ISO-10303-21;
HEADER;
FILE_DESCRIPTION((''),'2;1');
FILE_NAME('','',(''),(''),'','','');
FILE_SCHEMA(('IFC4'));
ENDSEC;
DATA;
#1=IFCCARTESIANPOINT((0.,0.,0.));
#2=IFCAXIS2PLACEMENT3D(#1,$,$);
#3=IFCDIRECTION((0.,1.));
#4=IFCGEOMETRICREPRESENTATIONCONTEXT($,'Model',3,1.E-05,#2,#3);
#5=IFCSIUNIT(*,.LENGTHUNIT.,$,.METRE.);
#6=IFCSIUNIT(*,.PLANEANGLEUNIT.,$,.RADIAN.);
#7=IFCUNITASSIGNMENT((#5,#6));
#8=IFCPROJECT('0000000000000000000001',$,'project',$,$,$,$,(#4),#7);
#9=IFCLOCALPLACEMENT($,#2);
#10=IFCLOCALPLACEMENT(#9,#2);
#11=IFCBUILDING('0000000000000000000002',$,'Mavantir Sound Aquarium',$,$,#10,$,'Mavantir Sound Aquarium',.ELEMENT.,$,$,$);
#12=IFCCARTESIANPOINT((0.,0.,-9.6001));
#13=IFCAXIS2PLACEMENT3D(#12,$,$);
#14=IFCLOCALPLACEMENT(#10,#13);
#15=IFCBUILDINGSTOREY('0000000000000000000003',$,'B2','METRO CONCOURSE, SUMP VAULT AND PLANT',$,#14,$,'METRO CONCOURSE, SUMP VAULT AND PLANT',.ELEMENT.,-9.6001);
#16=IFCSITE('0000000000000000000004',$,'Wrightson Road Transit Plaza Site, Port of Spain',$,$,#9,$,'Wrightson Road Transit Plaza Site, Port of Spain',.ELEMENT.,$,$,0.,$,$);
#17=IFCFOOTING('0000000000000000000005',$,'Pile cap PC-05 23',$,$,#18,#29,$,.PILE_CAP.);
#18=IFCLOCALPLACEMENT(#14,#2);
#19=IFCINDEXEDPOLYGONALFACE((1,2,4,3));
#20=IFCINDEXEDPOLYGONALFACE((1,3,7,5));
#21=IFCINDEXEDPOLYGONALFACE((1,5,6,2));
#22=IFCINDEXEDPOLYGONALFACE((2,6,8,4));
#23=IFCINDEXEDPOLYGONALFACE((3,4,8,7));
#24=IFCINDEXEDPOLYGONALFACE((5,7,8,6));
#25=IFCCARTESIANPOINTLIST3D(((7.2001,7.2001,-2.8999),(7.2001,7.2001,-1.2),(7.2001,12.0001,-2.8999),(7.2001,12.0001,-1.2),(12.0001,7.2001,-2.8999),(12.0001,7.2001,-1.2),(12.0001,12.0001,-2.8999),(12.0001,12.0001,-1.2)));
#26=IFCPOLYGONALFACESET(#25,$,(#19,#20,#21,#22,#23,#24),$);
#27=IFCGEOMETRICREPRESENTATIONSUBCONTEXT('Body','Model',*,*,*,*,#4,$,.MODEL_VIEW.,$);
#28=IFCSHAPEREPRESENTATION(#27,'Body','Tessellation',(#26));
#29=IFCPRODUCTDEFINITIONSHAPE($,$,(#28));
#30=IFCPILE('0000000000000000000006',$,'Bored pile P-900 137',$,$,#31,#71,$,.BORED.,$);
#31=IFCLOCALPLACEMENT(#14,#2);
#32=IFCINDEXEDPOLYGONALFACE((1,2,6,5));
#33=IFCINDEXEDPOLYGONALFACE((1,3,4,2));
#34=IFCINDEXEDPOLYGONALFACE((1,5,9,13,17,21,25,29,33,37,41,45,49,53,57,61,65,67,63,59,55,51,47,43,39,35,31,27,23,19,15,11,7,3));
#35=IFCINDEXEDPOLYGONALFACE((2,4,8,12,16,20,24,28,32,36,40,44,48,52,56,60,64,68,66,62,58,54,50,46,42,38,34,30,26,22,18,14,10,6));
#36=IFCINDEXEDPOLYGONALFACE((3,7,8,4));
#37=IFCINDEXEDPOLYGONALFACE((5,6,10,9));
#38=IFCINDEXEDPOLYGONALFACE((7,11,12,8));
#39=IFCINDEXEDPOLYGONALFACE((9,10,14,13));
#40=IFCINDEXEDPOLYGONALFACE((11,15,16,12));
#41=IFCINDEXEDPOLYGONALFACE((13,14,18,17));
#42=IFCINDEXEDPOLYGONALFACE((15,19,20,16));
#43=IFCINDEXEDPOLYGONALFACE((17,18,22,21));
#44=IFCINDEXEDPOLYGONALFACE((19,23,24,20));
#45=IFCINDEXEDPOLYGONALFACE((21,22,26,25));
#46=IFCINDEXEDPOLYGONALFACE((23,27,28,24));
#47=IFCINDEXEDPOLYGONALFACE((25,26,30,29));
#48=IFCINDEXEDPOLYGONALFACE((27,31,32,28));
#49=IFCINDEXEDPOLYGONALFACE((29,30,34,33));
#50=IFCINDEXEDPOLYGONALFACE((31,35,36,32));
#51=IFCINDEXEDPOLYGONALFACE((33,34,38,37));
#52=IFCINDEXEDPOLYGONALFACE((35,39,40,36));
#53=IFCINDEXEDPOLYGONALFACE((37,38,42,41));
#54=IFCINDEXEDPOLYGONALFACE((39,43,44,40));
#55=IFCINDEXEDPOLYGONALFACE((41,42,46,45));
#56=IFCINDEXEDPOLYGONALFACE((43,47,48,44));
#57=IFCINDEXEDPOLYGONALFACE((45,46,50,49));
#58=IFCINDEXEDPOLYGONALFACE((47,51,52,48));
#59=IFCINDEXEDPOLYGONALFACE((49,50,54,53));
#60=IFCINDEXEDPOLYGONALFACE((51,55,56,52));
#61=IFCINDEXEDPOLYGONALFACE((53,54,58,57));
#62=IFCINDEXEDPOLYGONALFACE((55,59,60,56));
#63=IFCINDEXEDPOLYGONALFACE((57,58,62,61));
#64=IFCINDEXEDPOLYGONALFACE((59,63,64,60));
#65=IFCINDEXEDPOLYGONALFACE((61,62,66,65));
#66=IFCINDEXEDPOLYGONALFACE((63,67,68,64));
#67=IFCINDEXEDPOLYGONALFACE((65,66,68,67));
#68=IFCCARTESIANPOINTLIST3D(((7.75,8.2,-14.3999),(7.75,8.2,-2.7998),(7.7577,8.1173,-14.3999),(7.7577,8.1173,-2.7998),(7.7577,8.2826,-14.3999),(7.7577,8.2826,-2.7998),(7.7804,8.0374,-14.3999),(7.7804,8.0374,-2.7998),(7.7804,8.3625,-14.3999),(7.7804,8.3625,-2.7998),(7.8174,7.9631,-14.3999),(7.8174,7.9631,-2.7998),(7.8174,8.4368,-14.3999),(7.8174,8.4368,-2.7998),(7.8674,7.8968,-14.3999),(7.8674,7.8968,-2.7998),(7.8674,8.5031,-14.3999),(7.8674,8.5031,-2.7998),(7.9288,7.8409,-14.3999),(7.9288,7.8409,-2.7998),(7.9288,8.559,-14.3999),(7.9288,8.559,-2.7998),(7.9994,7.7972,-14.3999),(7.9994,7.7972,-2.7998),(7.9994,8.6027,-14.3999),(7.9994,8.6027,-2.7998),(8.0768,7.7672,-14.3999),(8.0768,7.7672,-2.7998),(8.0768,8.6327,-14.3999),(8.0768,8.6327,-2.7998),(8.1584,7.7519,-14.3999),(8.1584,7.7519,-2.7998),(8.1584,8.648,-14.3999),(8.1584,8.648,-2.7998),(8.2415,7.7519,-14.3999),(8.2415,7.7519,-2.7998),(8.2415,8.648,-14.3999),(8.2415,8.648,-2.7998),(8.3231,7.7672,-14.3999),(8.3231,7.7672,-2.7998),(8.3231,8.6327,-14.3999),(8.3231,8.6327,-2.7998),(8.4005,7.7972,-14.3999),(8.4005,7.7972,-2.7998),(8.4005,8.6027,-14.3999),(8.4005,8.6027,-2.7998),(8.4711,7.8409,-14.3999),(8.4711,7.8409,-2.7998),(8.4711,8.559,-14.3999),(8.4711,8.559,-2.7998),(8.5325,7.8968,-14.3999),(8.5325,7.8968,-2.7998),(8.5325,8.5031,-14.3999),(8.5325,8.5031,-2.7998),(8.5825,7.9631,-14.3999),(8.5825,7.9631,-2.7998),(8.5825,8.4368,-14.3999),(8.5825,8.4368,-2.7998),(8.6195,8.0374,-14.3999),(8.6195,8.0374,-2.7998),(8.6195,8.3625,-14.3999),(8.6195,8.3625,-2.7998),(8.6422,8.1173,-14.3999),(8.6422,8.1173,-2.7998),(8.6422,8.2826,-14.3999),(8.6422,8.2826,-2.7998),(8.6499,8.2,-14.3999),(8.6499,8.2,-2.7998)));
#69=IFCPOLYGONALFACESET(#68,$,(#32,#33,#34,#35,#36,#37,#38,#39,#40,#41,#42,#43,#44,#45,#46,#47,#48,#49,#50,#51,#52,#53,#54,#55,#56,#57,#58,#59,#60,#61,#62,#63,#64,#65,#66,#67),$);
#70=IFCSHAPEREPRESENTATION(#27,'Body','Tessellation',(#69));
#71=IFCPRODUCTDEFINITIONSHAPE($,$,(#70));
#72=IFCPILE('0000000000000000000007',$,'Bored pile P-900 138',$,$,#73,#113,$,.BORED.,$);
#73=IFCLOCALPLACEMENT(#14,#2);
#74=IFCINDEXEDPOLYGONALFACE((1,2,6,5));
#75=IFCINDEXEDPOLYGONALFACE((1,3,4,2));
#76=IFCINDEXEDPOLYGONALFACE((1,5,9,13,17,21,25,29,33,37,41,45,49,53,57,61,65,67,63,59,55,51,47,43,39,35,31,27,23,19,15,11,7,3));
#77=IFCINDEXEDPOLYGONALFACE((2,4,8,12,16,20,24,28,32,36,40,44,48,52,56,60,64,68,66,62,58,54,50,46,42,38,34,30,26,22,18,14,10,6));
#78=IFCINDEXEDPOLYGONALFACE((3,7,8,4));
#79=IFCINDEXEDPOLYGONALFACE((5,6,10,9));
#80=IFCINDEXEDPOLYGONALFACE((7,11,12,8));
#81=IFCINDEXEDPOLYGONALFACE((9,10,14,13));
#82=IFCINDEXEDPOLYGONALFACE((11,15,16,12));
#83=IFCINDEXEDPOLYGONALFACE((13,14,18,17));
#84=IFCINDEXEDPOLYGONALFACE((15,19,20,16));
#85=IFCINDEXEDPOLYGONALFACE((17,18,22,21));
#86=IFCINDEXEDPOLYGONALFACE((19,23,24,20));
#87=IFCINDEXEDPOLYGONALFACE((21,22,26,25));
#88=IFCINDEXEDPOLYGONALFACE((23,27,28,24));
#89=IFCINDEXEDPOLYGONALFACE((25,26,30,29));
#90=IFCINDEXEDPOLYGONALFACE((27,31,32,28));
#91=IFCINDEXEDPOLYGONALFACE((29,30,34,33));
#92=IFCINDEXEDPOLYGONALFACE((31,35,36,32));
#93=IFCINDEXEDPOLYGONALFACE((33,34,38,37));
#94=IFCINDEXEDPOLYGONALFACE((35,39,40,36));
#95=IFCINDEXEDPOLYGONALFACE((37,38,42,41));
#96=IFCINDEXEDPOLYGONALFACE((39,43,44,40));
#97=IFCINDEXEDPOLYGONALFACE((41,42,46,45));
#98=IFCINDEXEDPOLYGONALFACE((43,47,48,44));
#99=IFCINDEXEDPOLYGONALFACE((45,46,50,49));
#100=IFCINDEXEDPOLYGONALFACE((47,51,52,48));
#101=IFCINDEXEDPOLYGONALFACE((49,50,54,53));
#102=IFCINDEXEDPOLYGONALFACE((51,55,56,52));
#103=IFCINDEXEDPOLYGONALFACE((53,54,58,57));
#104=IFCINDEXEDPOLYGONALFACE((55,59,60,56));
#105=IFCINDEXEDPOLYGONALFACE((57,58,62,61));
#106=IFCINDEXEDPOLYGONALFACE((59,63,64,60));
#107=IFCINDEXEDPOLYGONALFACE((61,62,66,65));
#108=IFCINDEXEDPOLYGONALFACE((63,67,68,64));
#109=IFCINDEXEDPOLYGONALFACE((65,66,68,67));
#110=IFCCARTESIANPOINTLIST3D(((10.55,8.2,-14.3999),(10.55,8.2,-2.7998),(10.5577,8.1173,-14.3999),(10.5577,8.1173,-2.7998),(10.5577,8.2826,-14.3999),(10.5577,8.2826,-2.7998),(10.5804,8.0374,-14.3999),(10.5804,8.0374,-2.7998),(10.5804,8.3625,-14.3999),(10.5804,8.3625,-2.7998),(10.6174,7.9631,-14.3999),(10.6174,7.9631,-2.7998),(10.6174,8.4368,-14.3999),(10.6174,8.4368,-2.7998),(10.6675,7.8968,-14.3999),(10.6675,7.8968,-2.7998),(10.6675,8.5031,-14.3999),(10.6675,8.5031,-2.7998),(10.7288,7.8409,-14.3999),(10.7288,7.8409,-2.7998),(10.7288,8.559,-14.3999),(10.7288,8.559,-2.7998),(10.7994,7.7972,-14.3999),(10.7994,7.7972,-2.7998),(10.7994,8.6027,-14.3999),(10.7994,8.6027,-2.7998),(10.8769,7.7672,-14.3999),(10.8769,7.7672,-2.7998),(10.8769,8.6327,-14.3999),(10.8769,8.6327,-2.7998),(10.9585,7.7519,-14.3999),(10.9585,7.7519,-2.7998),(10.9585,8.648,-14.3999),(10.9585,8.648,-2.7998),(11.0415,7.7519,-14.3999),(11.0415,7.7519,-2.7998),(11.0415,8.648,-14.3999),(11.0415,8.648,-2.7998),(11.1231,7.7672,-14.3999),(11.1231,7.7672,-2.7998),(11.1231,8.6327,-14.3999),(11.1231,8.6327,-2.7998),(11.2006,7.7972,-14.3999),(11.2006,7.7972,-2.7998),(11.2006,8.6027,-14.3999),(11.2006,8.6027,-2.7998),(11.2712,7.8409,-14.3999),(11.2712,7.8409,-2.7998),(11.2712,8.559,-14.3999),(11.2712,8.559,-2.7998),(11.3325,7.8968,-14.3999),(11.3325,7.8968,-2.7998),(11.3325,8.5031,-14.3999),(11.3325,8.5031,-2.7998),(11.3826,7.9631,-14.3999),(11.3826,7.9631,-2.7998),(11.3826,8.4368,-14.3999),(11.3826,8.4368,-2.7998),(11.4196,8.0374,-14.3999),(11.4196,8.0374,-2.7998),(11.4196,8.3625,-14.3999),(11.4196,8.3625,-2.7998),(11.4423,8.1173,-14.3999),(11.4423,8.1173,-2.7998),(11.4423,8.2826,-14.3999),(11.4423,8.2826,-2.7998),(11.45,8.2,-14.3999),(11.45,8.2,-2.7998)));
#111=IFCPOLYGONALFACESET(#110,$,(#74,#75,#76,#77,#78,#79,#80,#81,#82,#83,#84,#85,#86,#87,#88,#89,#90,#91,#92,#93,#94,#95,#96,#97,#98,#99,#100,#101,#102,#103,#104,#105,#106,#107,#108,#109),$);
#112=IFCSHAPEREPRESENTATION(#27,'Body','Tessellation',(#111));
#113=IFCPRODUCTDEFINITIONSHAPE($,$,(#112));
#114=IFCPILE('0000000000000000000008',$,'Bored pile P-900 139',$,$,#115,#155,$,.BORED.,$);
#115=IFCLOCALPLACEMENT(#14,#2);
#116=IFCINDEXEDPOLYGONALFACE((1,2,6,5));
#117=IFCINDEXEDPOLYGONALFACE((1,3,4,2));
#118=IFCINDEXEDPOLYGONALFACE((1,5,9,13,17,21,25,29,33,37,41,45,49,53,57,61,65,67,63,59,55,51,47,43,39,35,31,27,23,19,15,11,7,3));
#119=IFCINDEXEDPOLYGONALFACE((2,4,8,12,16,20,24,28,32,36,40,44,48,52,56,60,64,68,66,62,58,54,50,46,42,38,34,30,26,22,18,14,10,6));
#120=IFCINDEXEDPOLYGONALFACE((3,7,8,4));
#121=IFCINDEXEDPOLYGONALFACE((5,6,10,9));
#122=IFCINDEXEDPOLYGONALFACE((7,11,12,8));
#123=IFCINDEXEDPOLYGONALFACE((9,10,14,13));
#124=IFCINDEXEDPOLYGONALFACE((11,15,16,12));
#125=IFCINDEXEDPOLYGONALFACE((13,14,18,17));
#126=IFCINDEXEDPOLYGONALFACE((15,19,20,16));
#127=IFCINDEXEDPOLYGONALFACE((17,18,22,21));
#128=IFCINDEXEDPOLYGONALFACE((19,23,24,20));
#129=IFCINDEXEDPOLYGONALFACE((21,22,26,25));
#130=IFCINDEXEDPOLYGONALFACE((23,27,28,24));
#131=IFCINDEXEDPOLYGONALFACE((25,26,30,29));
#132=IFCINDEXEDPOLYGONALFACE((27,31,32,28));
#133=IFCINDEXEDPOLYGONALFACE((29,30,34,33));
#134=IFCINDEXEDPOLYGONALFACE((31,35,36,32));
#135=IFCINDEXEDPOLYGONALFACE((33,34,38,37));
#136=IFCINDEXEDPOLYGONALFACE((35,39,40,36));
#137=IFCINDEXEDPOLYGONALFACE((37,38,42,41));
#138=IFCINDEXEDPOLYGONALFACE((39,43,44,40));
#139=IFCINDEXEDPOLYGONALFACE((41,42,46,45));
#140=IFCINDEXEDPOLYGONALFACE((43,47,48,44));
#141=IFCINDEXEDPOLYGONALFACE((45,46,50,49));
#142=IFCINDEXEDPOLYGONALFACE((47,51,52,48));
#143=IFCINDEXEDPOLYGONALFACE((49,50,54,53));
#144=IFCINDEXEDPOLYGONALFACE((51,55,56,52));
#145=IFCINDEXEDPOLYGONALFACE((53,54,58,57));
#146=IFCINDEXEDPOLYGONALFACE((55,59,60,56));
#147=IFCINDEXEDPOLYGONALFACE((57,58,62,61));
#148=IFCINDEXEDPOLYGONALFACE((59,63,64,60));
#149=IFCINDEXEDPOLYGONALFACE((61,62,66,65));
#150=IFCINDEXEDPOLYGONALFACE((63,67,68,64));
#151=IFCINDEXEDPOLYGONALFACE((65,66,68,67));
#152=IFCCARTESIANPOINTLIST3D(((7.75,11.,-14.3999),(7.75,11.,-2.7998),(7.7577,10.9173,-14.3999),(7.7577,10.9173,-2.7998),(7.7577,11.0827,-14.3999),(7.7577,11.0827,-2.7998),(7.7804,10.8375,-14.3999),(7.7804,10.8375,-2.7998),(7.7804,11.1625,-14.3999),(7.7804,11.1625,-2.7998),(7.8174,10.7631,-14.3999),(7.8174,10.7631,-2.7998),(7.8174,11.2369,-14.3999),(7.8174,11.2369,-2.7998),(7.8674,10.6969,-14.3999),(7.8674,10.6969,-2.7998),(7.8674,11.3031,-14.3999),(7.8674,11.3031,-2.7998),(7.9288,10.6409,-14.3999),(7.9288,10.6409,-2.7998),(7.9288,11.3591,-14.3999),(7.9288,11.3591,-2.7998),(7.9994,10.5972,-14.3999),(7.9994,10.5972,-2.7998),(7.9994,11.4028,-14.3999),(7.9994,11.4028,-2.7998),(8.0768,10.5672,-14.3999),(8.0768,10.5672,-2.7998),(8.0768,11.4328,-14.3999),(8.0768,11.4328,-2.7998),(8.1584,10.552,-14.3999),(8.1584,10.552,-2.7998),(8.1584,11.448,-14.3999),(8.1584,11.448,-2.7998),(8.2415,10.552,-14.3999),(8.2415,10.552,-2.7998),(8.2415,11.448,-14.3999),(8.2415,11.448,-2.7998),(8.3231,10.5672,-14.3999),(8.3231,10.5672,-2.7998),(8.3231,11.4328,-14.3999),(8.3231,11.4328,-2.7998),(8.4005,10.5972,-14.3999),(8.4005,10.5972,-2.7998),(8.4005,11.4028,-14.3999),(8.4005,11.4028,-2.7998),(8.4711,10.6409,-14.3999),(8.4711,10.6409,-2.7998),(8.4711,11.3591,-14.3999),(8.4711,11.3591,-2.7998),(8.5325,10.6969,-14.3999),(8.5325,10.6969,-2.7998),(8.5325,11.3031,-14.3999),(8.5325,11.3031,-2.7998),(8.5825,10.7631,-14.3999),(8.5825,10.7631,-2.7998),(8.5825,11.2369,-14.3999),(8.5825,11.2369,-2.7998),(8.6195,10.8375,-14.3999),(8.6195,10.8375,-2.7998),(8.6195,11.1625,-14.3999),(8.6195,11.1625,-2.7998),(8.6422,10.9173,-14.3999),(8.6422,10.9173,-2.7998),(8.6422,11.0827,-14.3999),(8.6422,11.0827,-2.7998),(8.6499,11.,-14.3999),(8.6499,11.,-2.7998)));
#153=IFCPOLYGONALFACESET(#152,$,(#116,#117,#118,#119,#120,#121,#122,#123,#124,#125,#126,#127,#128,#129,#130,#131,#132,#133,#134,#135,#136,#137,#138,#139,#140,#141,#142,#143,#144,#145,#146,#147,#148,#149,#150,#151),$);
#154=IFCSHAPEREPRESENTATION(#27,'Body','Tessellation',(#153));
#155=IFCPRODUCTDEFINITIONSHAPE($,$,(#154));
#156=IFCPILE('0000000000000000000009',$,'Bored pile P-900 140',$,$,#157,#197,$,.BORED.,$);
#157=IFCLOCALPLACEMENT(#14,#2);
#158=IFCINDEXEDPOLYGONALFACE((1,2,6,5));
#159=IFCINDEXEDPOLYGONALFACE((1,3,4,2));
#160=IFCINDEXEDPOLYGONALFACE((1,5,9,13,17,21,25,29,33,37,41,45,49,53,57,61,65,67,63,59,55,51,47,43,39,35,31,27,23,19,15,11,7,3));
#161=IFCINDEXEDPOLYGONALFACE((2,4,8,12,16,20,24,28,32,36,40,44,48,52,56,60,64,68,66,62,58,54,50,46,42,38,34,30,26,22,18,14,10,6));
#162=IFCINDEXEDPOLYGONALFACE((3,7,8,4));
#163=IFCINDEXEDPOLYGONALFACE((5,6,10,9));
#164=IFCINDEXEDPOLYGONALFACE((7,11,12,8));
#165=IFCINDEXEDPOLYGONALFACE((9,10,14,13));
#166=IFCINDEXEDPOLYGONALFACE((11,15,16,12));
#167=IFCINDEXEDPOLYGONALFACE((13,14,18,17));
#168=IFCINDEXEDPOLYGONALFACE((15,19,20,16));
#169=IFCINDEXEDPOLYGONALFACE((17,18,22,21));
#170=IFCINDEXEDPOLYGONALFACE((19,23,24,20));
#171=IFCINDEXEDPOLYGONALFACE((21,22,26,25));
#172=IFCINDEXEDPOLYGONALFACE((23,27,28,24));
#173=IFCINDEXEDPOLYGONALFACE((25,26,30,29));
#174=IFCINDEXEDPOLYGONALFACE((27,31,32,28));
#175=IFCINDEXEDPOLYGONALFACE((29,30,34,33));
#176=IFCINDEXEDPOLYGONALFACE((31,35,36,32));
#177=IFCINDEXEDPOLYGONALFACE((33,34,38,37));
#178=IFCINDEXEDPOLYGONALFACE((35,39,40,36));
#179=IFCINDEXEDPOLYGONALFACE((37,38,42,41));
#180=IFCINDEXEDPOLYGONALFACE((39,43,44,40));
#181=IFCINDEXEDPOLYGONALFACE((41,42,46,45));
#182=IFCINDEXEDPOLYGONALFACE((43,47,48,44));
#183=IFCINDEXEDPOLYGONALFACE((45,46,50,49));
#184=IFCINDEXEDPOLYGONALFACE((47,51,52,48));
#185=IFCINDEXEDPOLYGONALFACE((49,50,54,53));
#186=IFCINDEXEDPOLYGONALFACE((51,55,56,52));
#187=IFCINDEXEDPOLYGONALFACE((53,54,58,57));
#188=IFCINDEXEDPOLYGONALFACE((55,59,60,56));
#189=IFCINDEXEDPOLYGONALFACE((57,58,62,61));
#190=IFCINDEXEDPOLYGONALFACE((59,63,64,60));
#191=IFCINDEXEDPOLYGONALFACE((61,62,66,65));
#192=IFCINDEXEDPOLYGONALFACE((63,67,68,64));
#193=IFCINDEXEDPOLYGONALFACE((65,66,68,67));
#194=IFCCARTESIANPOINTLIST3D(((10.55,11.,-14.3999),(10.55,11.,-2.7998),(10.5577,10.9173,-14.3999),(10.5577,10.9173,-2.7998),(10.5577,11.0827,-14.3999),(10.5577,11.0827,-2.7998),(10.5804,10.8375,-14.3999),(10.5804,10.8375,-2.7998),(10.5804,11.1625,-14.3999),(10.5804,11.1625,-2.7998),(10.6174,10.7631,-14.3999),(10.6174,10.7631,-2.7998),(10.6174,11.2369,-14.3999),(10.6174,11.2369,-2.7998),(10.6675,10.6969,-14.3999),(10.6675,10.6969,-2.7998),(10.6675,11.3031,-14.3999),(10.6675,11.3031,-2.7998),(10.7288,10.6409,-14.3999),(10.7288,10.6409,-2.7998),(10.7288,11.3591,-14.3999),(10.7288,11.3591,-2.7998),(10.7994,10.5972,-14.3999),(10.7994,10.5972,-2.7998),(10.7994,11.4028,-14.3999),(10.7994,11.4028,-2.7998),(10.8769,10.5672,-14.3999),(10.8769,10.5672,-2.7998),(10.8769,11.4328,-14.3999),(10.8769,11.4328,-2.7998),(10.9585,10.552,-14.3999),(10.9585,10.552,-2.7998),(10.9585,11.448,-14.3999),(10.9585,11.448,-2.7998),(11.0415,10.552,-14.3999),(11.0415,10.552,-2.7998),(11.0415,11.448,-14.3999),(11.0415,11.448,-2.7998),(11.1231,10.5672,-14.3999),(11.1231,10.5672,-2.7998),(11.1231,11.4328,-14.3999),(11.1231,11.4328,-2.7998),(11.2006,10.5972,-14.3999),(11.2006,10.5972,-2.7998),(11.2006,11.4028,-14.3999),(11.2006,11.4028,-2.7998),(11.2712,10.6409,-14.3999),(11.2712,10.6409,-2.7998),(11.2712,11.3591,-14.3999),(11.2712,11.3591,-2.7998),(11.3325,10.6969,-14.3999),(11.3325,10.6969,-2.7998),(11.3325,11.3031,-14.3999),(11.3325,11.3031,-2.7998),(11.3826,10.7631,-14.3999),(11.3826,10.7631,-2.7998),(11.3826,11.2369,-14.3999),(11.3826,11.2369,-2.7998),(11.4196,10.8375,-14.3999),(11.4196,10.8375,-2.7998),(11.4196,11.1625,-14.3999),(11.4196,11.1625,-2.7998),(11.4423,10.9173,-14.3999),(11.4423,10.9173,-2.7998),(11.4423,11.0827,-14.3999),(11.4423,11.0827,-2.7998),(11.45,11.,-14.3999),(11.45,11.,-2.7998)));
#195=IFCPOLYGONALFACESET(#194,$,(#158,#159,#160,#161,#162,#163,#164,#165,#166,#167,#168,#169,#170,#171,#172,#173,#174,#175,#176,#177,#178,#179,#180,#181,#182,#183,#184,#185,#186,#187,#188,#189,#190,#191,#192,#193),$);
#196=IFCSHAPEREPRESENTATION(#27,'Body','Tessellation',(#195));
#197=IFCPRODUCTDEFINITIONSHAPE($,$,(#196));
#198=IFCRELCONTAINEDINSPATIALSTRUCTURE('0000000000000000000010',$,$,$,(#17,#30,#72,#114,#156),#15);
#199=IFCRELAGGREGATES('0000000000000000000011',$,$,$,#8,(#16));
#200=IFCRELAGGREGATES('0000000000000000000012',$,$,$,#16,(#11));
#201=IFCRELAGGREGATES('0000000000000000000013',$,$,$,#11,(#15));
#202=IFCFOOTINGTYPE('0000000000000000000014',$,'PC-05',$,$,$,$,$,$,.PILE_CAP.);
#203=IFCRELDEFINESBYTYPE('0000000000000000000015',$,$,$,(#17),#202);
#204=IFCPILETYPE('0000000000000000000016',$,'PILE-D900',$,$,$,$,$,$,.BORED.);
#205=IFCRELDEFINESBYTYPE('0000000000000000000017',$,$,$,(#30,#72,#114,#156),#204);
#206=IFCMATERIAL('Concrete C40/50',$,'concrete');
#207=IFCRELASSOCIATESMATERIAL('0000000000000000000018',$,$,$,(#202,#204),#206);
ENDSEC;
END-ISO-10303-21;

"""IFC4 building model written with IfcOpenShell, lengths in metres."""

from ifc_helpers import new_model, si_unit, direction, frame, origin, origin_2d, place, context, subcontext, project, spatial, rectangle, circle, extrude, material, material_profile, profile_set, type_object, element, save


model = new_model("IFC4")

# Units and contexts
model_context = context("Model", 3, precision=1e-05, world=origin(), true_north=direction((0.0, 1.0)))
body_context = subcontext(model_context, "Body", "Model", "MODEL_VIEW")
ifc_project = project(units=[si_unit("LENGTHUNIT", "METRE"), si_unit("PLANEANGLEUNIT", "RADIAN")], contexts=[model_context])

# Site, building, storey
site_placement = place(None, origin())
site = spatial("IfcSite", under=ifc_project, at=site_placement, Name="Wrightson Road Transit Plaza Site, Port of Spain", LongName="Wrightson Road Transit Plaza Site, Port of Spain", CompositionType="ELEMENT", RefElevation=0.0)
building_placement = place(site_placement, origin())
building = spatial("IfcBuilding", under=site, at=building_placement, Name="Mavantir Sound Aquarium", LongName="Mavantir Sound Aquarium", CompositionType="ELEMENT")
storey_placement = place(building_placement, frame((0.0, 0.0, -9.6001)))
storey = spatial("IfcBuildingStorey", under=building, at=storey_placement, Name="B2", Description="METRO CONCOURSE, SUMP VAULT AND PLANT", LongName="METRO CONCOURSE, SUMP VAULT AND PLANT", CompositionType="ELEMENT", Elevation=-9.6001)

# Footing
ifc_material_1 = material(Name="Concrete C40/50", Category="concrete")
footing_type = type_object("IfcFootingType", Name="PC-05", PredefinedType="PILE_CAP", material=ifc_material_1)
footing_placement = place(storey_placement, frame((9.6001, 9.6001, -2.8999), z_axis=(0.0, 0.0, 1.0), x_axis=(1.0, 0.0, 0.0)))
element("IfcFooting", 1, at=footing_placement, inside=storey, type_object=footing_type, Name="Pile cap PC-05 23", PredefinedType="PILE_CAP", context=body_context, shape_type="SweptSolid", body=[
    extrude(rectangle(XDim=4.8, YDim=4.8, at=origin_2d()), origin(), (0.0, 0.0, 1.0), 1.7),
])

# Piles
ifc_material_profile_1 = material_profile(ifc_material_1, circle(Radius=0.45, at=origin_2d()), Name="PILE D900")
ifc_profile_set_1 = profile_set([ifc_material_profile_1], Name="Concrete C40/50")
pile_type = type_object("IfcPileType", Name="PILE-D900", PredefinedType="BORED", material=ifc_profile_set_1)
for number, where, z_axis, x_axis, name in (
    (2, (8.2, 8.2, -2.7998), (0.0, 0.0, -1.0), (1.0, 0.0, 0.0), "Bored pile P-900 137"),
    (3, (11.0, 8.2, -2.7998), (0.0, 0.0, -1.0), (1.0, 0.0, 0.0), "Bored pile P-900 138"),
    (4, (8.2, 11.0, -2.7998), (0.0, 0.0, -1.0), (1.0, 0.0, 0.0), "Bored pile P-900 139"),
    (5, (11.0, 11.0, -2.7998), (0.0, 0.0, -1.0), (1.0, 0.0, 0.0), "Bored pile P-900 140"),
):
    element("IfcPile", number, at=place(storey_placement, frame(where, z_axis=z_axis, x_axis=x_axis)), inside=storey, type_object=pile_type, Name=name, PredefinedType="BORED", context=body_context, shape_type="SweptSolid", body=[
        extrude(circle(Radius=0.45, at=origin_2d()), origin(), (0.0, 0.0, 1.0), 11.6001),
    ])

save(model, "model.ifc")
